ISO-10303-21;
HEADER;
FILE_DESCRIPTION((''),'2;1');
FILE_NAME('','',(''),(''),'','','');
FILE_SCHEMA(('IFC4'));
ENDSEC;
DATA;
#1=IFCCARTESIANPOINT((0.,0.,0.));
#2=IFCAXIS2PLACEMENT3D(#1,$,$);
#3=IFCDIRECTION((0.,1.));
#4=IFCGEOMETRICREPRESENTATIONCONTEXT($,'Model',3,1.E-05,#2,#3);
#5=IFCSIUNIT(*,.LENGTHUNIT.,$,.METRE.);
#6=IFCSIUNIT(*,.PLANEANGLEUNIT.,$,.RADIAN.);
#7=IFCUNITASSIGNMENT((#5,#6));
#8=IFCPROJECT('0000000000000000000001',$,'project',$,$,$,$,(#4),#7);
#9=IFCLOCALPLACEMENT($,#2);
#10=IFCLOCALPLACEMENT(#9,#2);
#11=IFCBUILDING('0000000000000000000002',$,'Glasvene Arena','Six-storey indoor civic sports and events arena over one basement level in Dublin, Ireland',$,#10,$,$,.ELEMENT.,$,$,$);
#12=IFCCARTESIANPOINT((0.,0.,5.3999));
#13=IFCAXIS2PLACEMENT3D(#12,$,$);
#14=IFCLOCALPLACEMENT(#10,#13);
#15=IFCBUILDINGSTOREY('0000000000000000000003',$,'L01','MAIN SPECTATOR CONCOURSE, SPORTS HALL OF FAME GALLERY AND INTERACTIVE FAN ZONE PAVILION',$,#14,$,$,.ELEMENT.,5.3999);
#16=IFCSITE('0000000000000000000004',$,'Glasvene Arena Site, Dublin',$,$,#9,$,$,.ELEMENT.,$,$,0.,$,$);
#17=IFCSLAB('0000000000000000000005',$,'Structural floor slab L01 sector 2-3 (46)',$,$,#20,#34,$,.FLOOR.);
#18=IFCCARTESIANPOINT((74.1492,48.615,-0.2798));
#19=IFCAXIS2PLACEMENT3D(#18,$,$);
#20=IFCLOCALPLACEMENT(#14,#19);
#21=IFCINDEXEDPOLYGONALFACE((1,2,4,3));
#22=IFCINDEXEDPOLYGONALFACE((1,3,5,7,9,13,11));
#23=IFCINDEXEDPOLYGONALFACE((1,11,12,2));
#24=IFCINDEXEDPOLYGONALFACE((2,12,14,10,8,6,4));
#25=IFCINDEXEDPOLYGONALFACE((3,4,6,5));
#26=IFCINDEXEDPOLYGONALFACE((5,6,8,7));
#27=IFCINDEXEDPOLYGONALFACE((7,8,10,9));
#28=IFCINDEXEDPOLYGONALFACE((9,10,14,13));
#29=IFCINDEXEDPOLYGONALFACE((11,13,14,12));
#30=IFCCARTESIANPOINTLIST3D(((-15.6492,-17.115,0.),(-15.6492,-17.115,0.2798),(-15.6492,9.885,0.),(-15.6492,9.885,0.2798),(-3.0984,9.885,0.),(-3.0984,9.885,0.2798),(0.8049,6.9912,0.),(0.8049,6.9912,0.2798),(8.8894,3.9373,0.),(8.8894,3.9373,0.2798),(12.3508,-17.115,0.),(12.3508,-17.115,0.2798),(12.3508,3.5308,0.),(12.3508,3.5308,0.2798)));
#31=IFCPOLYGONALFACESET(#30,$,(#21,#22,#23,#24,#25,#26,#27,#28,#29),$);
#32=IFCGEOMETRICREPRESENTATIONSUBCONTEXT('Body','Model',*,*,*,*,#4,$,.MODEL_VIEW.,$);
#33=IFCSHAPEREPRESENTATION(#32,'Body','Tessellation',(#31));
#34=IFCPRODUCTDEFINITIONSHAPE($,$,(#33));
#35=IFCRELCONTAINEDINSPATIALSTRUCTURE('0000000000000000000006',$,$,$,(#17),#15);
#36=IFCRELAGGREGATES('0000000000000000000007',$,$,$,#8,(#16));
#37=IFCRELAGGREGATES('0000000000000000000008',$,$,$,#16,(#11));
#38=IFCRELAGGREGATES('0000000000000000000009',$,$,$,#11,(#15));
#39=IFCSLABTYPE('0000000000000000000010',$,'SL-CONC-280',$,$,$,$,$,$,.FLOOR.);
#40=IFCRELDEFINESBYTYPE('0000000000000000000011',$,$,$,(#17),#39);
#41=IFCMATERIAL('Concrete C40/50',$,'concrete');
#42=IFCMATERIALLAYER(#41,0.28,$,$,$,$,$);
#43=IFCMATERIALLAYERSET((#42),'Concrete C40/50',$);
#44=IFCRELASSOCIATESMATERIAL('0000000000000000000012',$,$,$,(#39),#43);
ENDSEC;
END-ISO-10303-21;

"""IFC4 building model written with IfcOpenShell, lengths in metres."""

from ifc_helpers import new_model, si_unit, direction, frame, origin, place, context, subcontext, project, spatial, polyline, outline, extrude, material, layer, layer_set, type_object, element, save


model = new_model("IFC4")

# Units and contexts
model_context = context("Model", 3, precision=1e-05, world=origin(), true_north=direction((0.0, 1.0)))
body_context = subcontext(model_context, "Body", "Model", "MODEL_VIEW")
ifc_project = project(units=[si_unit("LENGTHUNIT", "METRE"), si_unit("PLANEANGLEUNIT", "RADIAN")], contexts=[model_context])

# Site, building, storey
site_placement = place(None, origin())
site = spatial("IfcSite", under=ifc_project, at=site_placement, Name="Glasvene Arena Site, Dublin", CompositionType="ELEMENT", RefElevation=0.0)
building_placement = place(site_placement, origin())
building = spatial("IfcBuilding", under=site, at=building_placement, Name="Glasvene Arena", Description="Six-storey indoor civic sports and events arena over one basement level in Dublin, Ireland", CompositionType="ELEMENT")
storey_placement = place(building_placement, frame((0.0, 0.0, 5.3999)))
storey = spatial("IfcBuildingStorey", under=building, at=storey_placement, Name="L01", Description="MAIN SPECTATOR CONCOURSE, SPORTS HALL OF FAME GALLERY AND INTERACTIVE FAN ZONE PAVILION", CompositionType="ELEMENT", Elevation=5.3999)

# Shared definitions
ifc_material_1 = material(Name="Concrete C40/50", Category="concrete")

# Slab
ifc_layer = layer(ifc_material_1, 0.28)
ifc_layer_set = layer_set([ifc_layer], Name="Concrete C40/50")
slab_type = type_object("IfcSlabType", Name="SL-CONC-280", PredefinedType="FLOOR", material=ifc_layer_set)
slab_placement = place(storey_placement, frame((74.1492, 48.615, -0.2798)))
element("IfcSlab", 1, at=slab_placement, inside=storey, type_object=slab_type, Name="Structural floor slab L01 sector 2-3 (46)", PredefinedType="FLOOR", context=body_context, shape_type="SweptSolid", body=[
    extrude(outline(polyline([(0.8049, 6.9912), (8.8894, 3.9373), (12.3508, 3.5308), (12.3508, -17.115), (-15.6492, -17.115), (-15.6492, 9.885), (-3.0984, 9.885), (0.8049, 6.9912)])), origin(), (0.0, 0.0, 1.0), 0.2798),
])

save(model, "model.ifc")
